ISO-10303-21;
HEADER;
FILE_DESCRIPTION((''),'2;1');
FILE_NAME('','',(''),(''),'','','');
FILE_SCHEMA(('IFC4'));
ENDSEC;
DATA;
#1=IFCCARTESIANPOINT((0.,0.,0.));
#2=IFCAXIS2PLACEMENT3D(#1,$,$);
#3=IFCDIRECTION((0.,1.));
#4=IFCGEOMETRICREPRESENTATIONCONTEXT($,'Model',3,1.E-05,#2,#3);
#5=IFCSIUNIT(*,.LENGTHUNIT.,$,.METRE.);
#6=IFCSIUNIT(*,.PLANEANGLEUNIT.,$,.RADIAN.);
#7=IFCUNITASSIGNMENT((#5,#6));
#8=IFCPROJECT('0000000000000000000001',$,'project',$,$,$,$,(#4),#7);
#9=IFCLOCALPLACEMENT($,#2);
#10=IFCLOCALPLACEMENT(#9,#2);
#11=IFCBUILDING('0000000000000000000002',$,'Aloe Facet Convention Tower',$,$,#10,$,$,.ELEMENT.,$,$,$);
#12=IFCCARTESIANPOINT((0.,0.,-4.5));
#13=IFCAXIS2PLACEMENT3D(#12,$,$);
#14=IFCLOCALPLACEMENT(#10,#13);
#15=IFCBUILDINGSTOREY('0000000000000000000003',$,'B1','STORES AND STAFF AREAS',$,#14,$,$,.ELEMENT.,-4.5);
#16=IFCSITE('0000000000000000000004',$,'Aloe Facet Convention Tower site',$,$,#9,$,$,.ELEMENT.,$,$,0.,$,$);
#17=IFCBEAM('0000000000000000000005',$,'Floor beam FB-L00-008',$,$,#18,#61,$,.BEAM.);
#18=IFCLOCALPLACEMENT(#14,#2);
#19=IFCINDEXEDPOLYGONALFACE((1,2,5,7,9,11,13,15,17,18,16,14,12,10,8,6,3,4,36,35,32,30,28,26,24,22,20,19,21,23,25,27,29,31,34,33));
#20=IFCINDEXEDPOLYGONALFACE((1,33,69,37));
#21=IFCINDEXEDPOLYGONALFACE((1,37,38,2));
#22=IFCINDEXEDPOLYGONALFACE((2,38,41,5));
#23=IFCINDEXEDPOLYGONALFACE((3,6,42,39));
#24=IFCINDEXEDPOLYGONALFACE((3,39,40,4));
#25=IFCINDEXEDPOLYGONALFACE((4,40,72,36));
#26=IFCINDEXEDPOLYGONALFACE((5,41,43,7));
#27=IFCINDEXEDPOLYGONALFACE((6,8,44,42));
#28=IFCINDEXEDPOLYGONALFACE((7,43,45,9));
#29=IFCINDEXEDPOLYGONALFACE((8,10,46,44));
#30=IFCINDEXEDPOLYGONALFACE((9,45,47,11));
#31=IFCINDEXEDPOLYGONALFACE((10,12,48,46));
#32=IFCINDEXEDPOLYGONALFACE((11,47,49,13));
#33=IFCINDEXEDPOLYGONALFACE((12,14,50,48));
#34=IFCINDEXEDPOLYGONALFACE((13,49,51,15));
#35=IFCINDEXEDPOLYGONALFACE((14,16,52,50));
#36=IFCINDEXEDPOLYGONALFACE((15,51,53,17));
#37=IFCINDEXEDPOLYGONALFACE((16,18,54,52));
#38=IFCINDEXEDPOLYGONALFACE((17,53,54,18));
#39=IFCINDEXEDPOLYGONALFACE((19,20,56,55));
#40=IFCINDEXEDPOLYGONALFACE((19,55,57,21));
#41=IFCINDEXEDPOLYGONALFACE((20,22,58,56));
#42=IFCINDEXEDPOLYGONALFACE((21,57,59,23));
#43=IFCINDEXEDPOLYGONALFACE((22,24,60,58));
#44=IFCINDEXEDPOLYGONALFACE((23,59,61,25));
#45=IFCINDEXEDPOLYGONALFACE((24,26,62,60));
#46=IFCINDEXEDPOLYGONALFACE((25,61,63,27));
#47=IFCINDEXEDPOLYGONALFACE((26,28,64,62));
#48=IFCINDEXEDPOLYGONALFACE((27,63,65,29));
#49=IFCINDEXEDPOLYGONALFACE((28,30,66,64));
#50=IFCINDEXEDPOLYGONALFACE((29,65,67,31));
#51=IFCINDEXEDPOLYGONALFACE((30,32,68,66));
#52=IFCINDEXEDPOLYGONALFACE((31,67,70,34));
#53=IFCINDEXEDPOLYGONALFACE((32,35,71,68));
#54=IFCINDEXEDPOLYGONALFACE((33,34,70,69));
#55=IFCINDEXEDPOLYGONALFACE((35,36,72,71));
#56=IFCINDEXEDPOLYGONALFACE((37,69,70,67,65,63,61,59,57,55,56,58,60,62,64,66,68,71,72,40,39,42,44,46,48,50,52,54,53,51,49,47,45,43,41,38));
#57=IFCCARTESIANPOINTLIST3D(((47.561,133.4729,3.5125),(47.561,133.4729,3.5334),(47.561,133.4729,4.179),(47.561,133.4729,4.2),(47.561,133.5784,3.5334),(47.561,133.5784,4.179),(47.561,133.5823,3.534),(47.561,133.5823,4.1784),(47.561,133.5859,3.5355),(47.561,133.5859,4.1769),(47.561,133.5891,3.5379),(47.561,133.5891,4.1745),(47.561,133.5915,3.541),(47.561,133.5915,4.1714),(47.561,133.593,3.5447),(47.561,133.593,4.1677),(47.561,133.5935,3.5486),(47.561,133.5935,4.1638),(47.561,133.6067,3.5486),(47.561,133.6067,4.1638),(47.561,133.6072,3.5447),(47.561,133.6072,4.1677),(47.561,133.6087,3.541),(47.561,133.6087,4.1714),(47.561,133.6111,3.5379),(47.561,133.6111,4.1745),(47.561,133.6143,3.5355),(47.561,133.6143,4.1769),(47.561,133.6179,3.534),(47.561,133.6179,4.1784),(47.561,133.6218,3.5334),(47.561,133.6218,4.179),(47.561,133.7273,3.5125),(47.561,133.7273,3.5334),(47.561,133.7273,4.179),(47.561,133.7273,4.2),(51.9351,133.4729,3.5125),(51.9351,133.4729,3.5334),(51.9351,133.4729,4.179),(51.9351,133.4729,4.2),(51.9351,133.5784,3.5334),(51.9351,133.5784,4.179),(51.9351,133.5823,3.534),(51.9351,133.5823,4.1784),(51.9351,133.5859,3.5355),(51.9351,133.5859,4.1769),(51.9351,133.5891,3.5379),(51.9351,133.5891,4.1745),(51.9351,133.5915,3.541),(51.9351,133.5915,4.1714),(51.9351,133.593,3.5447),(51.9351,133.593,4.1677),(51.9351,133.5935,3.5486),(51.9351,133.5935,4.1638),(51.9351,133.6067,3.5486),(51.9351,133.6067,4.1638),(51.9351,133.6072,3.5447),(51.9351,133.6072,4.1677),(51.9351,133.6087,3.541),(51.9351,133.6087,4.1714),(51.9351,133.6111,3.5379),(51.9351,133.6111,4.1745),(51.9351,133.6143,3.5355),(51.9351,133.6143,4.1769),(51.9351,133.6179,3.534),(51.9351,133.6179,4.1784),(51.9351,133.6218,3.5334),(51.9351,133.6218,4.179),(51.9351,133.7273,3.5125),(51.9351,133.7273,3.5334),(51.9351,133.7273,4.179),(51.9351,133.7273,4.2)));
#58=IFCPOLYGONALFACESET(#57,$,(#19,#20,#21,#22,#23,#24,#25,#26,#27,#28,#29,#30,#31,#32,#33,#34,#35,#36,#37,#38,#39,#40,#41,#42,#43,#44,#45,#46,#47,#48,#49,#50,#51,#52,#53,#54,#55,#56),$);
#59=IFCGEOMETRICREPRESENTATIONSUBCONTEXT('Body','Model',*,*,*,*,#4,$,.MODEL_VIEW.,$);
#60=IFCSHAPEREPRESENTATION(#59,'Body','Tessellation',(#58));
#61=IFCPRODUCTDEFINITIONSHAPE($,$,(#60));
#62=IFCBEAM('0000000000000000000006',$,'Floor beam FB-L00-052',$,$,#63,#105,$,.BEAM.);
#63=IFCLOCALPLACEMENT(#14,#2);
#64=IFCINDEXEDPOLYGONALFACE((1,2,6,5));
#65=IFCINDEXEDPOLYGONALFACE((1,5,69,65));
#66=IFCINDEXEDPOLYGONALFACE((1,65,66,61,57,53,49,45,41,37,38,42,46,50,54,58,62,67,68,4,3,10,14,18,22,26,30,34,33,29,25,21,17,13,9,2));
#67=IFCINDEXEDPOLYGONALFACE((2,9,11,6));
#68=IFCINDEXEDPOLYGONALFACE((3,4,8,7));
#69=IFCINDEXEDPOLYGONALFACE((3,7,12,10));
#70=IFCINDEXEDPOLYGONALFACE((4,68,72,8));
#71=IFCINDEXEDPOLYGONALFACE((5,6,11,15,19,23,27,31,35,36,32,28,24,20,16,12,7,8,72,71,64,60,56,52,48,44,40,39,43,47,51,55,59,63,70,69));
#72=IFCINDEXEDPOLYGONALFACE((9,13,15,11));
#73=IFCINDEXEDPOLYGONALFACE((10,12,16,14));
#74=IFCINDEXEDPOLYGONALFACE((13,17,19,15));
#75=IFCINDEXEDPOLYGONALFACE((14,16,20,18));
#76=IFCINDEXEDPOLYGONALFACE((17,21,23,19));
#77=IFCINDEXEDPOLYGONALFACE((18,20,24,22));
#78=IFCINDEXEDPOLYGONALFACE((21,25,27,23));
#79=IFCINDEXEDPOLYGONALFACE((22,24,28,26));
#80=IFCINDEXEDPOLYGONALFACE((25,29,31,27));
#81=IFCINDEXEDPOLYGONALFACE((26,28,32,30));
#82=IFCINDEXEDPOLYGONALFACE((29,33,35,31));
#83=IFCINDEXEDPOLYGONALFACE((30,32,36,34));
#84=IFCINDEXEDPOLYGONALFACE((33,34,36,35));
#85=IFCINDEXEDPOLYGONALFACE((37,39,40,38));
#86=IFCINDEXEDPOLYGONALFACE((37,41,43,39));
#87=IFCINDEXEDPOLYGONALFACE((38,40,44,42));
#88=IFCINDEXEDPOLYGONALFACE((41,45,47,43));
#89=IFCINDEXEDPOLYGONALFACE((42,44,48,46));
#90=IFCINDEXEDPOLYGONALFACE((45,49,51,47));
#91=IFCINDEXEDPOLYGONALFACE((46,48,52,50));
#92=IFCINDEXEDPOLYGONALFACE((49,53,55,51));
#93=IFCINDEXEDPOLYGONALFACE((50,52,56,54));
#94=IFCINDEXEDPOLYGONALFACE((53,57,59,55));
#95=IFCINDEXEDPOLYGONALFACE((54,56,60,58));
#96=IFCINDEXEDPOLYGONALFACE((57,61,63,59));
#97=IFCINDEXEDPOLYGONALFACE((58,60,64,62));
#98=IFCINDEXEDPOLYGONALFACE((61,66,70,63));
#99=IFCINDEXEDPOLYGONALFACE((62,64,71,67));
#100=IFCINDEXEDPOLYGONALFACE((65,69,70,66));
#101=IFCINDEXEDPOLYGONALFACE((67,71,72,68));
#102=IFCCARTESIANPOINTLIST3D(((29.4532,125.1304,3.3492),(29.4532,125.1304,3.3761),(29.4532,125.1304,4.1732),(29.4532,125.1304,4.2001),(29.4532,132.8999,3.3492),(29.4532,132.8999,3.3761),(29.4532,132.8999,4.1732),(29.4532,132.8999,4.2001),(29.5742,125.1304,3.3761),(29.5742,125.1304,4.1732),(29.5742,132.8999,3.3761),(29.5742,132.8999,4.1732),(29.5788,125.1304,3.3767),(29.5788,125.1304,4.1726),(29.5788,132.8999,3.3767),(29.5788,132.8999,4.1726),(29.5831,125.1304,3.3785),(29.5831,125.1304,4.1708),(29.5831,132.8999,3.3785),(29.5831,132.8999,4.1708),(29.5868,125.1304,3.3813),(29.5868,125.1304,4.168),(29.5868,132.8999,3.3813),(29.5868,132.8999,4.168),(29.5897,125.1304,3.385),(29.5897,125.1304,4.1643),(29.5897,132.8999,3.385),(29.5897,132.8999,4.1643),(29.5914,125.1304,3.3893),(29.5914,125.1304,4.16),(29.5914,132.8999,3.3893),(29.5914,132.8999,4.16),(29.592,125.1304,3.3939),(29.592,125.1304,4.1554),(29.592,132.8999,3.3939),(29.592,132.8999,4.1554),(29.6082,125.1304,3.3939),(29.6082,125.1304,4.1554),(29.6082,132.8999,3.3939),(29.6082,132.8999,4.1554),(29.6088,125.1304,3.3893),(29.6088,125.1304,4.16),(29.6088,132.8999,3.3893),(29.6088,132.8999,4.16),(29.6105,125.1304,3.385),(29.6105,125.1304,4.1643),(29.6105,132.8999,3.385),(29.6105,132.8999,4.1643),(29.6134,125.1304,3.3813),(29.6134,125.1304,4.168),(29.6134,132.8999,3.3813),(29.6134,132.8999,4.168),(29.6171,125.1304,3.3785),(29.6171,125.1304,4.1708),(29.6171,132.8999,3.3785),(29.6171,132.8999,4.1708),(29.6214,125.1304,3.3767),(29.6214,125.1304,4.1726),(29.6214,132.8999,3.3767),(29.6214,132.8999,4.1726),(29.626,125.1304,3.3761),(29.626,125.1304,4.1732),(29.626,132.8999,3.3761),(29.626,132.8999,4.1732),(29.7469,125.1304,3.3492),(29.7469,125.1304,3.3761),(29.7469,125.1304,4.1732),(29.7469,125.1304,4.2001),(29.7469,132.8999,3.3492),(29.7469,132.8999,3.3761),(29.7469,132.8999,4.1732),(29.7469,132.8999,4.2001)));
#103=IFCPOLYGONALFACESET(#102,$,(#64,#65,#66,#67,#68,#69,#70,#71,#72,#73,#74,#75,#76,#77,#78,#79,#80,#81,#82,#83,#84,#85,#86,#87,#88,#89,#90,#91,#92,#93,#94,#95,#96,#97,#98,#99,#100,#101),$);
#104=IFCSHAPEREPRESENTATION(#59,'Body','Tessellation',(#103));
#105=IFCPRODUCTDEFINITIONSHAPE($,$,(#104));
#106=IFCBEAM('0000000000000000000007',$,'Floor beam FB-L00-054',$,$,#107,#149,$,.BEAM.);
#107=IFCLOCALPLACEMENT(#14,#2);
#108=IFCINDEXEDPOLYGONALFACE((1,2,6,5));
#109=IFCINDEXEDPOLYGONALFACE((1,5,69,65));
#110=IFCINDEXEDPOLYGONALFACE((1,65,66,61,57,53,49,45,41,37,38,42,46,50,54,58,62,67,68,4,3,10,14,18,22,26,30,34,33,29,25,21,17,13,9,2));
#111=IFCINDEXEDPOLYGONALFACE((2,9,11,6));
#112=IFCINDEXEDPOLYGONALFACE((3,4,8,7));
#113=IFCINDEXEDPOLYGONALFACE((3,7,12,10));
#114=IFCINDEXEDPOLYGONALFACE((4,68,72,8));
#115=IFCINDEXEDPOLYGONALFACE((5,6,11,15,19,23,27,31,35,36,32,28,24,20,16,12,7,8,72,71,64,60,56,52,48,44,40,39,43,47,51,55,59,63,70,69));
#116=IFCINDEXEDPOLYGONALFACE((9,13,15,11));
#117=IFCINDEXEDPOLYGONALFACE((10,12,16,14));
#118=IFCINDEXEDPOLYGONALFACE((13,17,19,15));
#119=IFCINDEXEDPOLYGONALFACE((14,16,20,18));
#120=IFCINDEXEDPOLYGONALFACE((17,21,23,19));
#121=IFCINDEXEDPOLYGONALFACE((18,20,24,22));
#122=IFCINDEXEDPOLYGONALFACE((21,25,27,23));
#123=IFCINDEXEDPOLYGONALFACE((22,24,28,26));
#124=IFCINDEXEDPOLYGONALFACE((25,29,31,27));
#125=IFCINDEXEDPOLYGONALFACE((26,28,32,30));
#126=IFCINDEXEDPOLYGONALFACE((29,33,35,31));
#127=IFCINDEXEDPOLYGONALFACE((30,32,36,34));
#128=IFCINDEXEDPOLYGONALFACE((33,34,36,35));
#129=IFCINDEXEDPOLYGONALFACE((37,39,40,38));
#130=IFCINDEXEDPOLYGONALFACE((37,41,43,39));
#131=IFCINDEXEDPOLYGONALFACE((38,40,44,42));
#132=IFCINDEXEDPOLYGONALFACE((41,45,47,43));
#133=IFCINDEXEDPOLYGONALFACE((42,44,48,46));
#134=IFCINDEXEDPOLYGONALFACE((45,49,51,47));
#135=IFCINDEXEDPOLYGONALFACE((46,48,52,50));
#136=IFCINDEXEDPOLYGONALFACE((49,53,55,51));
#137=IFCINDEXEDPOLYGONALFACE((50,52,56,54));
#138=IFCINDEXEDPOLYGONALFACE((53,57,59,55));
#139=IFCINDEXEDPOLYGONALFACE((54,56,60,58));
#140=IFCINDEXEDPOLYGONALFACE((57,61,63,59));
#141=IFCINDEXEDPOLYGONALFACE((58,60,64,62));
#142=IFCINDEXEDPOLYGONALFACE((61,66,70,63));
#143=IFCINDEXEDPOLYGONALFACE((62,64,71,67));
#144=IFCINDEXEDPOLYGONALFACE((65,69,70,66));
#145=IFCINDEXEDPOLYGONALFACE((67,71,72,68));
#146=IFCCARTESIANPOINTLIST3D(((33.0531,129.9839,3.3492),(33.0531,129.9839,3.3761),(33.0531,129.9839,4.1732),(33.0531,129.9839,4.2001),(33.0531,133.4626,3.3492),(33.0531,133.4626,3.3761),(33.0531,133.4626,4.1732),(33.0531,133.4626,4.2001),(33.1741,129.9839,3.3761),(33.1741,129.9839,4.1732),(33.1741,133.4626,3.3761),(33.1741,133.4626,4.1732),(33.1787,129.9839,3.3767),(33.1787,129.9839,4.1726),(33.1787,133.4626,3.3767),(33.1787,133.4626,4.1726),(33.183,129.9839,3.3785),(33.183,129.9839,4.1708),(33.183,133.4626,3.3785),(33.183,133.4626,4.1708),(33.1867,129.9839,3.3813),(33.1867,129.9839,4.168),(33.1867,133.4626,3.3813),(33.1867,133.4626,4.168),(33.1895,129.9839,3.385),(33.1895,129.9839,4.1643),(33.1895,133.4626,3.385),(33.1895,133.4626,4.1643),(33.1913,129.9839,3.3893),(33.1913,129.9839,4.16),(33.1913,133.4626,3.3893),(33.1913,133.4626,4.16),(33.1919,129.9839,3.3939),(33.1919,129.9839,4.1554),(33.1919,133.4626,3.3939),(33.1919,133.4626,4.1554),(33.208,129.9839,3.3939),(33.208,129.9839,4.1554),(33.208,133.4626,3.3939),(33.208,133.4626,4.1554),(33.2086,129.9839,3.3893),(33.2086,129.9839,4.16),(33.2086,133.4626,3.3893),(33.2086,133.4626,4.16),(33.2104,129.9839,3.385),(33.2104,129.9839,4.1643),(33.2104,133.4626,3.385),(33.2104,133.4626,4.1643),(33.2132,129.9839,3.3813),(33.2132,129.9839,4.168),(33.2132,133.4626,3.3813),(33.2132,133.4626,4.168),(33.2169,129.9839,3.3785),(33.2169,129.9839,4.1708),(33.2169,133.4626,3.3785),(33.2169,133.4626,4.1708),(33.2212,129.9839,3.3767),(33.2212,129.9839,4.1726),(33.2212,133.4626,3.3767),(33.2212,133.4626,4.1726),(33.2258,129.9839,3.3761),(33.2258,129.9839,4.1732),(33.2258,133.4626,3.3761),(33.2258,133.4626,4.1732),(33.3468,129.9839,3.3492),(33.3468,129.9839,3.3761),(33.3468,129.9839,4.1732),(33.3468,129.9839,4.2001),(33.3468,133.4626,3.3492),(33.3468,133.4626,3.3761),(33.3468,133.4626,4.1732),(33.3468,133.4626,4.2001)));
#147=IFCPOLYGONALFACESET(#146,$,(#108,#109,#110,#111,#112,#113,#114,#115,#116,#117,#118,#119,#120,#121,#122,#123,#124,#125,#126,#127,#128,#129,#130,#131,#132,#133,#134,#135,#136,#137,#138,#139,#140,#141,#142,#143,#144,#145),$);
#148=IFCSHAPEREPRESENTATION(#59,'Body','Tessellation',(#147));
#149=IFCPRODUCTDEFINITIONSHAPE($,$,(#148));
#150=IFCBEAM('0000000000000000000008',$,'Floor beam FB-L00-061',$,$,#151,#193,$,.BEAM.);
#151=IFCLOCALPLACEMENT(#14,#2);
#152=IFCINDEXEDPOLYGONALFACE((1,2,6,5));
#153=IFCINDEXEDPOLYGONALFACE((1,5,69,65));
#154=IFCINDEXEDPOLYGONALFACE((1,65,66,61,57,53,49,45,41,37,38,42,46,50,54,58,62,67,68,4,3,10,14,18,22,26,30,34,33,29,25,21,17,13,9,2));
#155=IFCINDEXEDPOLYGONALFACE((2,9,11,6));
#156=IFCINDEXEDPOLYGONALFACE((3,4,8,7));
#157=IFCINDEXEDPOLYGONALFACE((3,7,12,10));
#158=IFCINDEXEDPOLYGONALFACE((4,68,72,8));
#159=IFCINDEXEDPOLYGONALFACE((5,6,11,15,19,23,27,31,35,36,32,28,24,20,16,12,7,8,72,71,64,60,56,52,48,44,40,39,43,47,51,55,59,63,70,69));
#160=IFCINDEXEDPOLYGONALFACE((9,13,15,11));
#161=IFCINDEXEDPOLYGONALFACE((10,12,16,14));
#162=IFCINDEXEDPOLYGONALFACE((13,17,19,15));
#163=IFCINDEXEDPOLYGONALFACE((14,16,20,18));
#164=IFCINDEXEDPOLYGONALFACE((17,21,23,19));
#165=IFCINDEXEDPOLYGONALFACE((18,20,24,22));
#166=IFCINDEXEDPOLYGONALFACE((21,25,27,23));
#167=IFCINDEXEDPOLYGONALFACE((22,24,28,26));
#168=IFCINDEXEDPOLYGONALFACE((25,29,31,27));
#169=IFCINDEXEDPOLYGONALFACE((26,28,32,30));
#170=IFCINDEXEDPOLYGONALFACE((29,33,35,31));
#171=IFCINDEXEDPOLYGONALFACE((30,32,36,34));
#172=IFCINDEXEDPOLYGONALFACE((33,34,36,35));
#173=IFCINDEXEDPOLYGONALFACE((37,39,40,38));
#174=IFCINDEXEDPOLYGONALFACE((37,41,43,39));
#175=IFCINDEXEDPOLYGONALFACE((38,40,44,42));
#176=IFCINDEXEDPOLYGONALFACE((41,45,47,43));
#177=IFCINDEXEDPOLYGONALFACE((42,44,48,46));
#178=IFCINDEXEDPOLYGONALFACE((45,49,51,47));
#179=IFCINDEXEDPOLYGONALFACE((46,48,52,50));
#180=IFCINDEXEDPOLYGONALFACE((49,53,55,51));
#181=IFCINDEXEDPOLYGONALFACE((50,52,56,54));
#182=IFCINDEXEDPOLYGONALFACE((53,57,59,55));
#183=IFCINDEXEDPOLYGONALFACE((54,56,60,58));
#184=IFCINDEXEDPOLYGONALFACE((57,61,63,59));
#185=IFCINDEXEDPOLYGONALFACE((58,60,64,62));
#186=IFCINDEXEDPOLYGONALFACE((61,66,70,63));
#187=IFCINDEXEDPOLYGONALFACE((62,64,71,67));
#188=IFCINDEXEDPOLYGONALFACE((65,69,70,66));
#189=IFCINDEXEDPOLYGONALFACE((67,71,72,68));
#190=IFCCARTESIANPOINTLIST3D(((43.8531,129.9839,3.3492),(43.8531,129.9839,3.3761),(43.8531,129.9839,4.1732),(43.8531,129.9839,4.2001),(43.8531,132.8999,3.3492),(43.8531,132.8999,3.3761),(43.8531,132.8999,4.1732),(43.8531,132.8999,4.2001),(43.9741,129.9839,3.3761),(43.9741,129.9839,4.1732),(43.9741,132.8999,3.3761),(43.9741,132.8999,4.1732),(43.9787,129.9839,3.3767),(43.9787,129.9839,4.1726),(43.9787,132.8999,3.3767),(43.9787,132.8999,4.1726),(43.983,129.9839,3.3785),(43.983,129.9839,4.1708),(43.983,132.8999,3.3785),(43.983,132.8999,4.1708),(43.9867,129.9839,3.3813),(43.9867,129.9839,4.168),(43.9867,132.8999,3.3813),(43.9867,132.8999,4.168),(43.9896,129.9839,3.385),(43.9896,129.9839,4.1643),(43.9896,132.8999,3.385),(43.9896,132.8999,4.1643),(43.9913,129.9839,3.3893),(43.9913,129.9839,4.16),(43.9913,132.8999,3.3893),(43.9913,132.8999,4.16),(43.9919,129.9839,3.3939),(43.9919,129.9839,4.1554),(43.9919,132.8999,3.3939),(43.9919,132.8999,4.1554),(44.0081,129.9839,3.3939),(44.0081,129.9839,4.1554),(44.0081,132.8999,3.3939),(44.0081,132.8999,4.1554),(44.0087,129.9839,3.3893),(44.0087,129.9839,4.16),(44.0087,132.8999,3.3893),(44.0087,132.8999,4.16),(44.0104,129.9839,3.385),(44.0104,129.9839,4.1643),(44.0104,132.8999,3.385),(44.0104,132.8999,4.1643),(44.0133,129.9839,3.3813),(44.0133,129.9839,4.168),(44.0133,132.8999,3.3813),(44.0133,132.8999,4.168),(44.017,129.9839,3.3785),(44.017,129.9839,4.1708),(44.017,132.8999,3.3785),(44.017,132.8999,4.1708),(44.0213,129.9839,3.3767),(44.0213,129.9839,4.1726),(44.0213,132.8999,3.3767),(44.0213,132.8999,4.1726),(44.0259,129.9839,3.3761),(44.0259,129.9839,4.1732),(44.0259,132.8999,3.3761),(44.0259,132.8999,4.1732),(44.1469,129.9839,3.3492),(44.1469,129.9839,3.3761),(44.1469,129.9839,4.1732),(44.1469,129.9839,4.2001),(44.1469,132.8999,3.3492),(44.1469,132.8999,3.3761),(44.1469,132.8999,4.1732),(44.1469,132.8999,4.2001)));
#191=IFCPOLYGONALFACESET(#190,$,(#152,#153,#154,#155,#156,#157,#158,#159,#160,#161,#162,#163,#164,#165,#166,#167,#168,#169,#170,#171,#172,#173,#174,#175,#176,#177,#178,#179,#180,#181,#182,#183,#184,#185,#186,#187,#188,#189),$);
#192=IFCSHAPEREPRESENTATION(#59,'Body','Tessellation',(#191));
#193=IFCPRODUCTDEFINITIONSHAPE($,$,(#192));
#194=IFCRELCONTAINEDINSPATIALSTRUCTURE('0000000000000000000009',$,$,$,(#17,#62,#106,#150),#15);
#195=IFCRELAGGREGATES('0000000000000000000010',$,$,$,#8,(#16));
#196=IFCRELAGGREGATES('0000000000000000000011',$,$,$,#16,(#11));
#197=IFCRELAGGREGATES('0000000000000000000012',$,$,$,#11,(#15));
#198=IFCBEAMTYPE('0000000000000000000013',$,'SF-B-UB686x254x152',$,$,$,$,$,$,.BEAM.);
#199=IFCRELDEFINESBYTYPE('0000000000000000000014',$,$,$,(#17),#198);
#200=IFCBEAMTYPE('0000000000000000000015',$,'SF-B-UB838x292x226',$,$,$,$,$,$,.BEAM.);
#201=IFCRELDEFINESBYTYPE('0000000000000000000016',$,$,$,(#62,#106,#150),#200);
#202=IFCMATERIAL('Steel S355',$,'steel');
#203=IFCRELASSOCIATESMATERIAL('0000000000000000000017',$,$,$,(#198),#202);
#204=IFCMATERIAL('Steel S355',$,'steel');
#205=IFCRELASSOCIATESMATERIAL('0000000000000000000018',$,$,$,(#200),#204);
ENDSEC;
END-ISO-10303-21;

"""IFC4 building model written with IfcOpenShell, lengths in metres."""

from ifc_helpers import new_model, si_unit, direction, frame, origin, origin_2d, place, context, subcontext, project, spatial, i_section, extrude, material, material_profile, profile_set, type_object, element, save


model = new_model("IFC4")

# Units and contexts
model_context = context("Model", 3, precision=1e-05, world=origin(), true_north=direction((0.0, 1.0)))
body_context = subcontext(model_context, "Body", "Model", "MODEL_VIEW")
ifc_project = project(units=[si_unit("LENGTHUNIT", "METRE"), si_unit("PLANEANGLEUNIT", "RADIAN")], contexts=[model_context])

# Site, building, storey
site_placement = place(None, origin())
site = spatial("IfcSite", under=ifc_project, at=site_placement, Name="Aloe Facet Convention Tower site", CompositionType="ELEMENT", RefElevation=0.0)
building_placement = place(site_placement, origin())
building = spatial("IfcBuilding", under=site, at=building_placement, Name="Aloe Facet Convention Tower", CompositionType="ELEMENT")
storey_placement = place(building_placement, frame((0.0, 0.0, -4.5)))
storey = spatial("IfcBuildingStorey", under=building, at=storey_placement, Name="B1", Description="STORES AND STAFF AREAS", CompositionType="ELEMENT", Elevation=-4.5)

# Beams
ifc_material_1 = material(Name="Steel S355", Category="steel")
ifc_material_profile_1 = material_profile(ifc_material_1, i_section(OverallWidth=0.2544, OverallDepth=0.6875, WebThickness=0.0132, FlangeThickness=0.021, FilletRadius=0.0151, at=origin_2d()), Name="UB 686x254x152")
ifc_profile_set_1 = profile_set([ifc_material_profile_1], Name="Steel S355")
beam_type_1 = type_object("IfcBeamType", Name="SF-B-UB686x254x152", PredefinedType="BEAM", material=ifc_profile_set_1)
beam_1_placement = place(storey_placement, frame((47.561, 133.6001, 3.8562), z_axis=(1.0, 0.0, 0.0), x_axis=(0.0, 1.0, 0.0)))
element("IfcBeam", 1, at=beam_1_placement, inside=storey, type_object=beam_type_1, Name="Floor beam FB-L00-008", PredefinedType="BEAM", context=body_context, shape_type="SweptSolid", body=[
    extrude(i_section(OverallWidth=0.2544, OverallDepth=0.6875, WebThickness=0.0132, FlangeThickness=0.021, FilletRadius=0.0151, at=origin_2d()), origin(), (0.0, 0.0, 1.0), 4.374),
])
ifc_material_2 = material(Name="Steel S355", Category="steel")
ifc_material_profile_2 = material_profile(ifc_material_2, i_section(OverallWidth=0.2937, OverallDepth=0.8508, WebThickness=0.0161, FlangeThickness=0.0269, FilletRadius=0.0178, at=origin_2d()), Name="UB 838x292x226")
ifc_profile_set_2 = profile_set([ifc_material_profile_2], Name="Steel S355")
beam_type_2 = type_object("IfcBeamType", Name="SF-B-UB838x292x226", PredefinedType="BEAM", material=ifc_profile_set_2)
beam_2_placement = place(storey_placement, frame((29.6001, 125.1304, 3.7747), z_axis=(0.0, 1.0, 0.0), x_axis=(-1.0, 0.0, 0.0)))
element("IfcBeam", 2, at=beam_2_placement, inside=storey, type_object=beam_type_2, Name="Floor beam FB-L00-052", PredefinedType="BEAM", context=body_context, shape_type="SweptSolid", body=[
    extrude(i_section(OverallWidth=0.2937, OverallDepth=0.8508, WebThickness=0.0161, FlangeThickness=0.0269, FilletRadius=0.0178, at=origin_2d()), origin(), (0.0, 0.0, 1.0), 7.7695),
])
beam_3_placement = place(storey_placement, frame((33.2, 129.9839, 3.7747), z_axis=(0.0, 1.0, 0.0), x_axis=(-1.0, 0.0, 0.0)))
element("IfcBeam", 3, at=beam_3_placement, inside=storey, type_object=beam_type_2, Name="Floor beam FB-L00-054", PredefinedType="BEAM", context=body_context, shape_type="SweptSolid", body=[
    extrude(i_section(OverallWidth=0.2937, OverallDepth=0.8508, WebThickness=0.0161, FlangeThickness=0.0269, FilletRadius=0.0178, at=origin_2d()), origin(), (0.0, 0.0, 1.0), 3.4788),
])
beam_4_placement = place(storey_placement, frame((44.0, 129.9839, 3.7747), z_axis=(0.0, 1.0, 0.0), x_axis=(-1.0, 0.0, 0.0)))
element("IfcBeam", 4, at=beam_4_placement, inside=storey, type_object=beam_type_2, Name="Floor beam FB-L00-061", PredefinedType="BEAM", context=body_context, shape_type="SweptSolid", body=[
    extrude(i_section(OverallWidth=0.2937, OverallDepth=0.8508, WebThickness=0.0161, FlangeThickness=0.0269, FilletRadius=0.0178, at=origin_2d()), origin(), (0.0, 0.0, 1.0), 2.916),
])

save(model, "model.ifc")
